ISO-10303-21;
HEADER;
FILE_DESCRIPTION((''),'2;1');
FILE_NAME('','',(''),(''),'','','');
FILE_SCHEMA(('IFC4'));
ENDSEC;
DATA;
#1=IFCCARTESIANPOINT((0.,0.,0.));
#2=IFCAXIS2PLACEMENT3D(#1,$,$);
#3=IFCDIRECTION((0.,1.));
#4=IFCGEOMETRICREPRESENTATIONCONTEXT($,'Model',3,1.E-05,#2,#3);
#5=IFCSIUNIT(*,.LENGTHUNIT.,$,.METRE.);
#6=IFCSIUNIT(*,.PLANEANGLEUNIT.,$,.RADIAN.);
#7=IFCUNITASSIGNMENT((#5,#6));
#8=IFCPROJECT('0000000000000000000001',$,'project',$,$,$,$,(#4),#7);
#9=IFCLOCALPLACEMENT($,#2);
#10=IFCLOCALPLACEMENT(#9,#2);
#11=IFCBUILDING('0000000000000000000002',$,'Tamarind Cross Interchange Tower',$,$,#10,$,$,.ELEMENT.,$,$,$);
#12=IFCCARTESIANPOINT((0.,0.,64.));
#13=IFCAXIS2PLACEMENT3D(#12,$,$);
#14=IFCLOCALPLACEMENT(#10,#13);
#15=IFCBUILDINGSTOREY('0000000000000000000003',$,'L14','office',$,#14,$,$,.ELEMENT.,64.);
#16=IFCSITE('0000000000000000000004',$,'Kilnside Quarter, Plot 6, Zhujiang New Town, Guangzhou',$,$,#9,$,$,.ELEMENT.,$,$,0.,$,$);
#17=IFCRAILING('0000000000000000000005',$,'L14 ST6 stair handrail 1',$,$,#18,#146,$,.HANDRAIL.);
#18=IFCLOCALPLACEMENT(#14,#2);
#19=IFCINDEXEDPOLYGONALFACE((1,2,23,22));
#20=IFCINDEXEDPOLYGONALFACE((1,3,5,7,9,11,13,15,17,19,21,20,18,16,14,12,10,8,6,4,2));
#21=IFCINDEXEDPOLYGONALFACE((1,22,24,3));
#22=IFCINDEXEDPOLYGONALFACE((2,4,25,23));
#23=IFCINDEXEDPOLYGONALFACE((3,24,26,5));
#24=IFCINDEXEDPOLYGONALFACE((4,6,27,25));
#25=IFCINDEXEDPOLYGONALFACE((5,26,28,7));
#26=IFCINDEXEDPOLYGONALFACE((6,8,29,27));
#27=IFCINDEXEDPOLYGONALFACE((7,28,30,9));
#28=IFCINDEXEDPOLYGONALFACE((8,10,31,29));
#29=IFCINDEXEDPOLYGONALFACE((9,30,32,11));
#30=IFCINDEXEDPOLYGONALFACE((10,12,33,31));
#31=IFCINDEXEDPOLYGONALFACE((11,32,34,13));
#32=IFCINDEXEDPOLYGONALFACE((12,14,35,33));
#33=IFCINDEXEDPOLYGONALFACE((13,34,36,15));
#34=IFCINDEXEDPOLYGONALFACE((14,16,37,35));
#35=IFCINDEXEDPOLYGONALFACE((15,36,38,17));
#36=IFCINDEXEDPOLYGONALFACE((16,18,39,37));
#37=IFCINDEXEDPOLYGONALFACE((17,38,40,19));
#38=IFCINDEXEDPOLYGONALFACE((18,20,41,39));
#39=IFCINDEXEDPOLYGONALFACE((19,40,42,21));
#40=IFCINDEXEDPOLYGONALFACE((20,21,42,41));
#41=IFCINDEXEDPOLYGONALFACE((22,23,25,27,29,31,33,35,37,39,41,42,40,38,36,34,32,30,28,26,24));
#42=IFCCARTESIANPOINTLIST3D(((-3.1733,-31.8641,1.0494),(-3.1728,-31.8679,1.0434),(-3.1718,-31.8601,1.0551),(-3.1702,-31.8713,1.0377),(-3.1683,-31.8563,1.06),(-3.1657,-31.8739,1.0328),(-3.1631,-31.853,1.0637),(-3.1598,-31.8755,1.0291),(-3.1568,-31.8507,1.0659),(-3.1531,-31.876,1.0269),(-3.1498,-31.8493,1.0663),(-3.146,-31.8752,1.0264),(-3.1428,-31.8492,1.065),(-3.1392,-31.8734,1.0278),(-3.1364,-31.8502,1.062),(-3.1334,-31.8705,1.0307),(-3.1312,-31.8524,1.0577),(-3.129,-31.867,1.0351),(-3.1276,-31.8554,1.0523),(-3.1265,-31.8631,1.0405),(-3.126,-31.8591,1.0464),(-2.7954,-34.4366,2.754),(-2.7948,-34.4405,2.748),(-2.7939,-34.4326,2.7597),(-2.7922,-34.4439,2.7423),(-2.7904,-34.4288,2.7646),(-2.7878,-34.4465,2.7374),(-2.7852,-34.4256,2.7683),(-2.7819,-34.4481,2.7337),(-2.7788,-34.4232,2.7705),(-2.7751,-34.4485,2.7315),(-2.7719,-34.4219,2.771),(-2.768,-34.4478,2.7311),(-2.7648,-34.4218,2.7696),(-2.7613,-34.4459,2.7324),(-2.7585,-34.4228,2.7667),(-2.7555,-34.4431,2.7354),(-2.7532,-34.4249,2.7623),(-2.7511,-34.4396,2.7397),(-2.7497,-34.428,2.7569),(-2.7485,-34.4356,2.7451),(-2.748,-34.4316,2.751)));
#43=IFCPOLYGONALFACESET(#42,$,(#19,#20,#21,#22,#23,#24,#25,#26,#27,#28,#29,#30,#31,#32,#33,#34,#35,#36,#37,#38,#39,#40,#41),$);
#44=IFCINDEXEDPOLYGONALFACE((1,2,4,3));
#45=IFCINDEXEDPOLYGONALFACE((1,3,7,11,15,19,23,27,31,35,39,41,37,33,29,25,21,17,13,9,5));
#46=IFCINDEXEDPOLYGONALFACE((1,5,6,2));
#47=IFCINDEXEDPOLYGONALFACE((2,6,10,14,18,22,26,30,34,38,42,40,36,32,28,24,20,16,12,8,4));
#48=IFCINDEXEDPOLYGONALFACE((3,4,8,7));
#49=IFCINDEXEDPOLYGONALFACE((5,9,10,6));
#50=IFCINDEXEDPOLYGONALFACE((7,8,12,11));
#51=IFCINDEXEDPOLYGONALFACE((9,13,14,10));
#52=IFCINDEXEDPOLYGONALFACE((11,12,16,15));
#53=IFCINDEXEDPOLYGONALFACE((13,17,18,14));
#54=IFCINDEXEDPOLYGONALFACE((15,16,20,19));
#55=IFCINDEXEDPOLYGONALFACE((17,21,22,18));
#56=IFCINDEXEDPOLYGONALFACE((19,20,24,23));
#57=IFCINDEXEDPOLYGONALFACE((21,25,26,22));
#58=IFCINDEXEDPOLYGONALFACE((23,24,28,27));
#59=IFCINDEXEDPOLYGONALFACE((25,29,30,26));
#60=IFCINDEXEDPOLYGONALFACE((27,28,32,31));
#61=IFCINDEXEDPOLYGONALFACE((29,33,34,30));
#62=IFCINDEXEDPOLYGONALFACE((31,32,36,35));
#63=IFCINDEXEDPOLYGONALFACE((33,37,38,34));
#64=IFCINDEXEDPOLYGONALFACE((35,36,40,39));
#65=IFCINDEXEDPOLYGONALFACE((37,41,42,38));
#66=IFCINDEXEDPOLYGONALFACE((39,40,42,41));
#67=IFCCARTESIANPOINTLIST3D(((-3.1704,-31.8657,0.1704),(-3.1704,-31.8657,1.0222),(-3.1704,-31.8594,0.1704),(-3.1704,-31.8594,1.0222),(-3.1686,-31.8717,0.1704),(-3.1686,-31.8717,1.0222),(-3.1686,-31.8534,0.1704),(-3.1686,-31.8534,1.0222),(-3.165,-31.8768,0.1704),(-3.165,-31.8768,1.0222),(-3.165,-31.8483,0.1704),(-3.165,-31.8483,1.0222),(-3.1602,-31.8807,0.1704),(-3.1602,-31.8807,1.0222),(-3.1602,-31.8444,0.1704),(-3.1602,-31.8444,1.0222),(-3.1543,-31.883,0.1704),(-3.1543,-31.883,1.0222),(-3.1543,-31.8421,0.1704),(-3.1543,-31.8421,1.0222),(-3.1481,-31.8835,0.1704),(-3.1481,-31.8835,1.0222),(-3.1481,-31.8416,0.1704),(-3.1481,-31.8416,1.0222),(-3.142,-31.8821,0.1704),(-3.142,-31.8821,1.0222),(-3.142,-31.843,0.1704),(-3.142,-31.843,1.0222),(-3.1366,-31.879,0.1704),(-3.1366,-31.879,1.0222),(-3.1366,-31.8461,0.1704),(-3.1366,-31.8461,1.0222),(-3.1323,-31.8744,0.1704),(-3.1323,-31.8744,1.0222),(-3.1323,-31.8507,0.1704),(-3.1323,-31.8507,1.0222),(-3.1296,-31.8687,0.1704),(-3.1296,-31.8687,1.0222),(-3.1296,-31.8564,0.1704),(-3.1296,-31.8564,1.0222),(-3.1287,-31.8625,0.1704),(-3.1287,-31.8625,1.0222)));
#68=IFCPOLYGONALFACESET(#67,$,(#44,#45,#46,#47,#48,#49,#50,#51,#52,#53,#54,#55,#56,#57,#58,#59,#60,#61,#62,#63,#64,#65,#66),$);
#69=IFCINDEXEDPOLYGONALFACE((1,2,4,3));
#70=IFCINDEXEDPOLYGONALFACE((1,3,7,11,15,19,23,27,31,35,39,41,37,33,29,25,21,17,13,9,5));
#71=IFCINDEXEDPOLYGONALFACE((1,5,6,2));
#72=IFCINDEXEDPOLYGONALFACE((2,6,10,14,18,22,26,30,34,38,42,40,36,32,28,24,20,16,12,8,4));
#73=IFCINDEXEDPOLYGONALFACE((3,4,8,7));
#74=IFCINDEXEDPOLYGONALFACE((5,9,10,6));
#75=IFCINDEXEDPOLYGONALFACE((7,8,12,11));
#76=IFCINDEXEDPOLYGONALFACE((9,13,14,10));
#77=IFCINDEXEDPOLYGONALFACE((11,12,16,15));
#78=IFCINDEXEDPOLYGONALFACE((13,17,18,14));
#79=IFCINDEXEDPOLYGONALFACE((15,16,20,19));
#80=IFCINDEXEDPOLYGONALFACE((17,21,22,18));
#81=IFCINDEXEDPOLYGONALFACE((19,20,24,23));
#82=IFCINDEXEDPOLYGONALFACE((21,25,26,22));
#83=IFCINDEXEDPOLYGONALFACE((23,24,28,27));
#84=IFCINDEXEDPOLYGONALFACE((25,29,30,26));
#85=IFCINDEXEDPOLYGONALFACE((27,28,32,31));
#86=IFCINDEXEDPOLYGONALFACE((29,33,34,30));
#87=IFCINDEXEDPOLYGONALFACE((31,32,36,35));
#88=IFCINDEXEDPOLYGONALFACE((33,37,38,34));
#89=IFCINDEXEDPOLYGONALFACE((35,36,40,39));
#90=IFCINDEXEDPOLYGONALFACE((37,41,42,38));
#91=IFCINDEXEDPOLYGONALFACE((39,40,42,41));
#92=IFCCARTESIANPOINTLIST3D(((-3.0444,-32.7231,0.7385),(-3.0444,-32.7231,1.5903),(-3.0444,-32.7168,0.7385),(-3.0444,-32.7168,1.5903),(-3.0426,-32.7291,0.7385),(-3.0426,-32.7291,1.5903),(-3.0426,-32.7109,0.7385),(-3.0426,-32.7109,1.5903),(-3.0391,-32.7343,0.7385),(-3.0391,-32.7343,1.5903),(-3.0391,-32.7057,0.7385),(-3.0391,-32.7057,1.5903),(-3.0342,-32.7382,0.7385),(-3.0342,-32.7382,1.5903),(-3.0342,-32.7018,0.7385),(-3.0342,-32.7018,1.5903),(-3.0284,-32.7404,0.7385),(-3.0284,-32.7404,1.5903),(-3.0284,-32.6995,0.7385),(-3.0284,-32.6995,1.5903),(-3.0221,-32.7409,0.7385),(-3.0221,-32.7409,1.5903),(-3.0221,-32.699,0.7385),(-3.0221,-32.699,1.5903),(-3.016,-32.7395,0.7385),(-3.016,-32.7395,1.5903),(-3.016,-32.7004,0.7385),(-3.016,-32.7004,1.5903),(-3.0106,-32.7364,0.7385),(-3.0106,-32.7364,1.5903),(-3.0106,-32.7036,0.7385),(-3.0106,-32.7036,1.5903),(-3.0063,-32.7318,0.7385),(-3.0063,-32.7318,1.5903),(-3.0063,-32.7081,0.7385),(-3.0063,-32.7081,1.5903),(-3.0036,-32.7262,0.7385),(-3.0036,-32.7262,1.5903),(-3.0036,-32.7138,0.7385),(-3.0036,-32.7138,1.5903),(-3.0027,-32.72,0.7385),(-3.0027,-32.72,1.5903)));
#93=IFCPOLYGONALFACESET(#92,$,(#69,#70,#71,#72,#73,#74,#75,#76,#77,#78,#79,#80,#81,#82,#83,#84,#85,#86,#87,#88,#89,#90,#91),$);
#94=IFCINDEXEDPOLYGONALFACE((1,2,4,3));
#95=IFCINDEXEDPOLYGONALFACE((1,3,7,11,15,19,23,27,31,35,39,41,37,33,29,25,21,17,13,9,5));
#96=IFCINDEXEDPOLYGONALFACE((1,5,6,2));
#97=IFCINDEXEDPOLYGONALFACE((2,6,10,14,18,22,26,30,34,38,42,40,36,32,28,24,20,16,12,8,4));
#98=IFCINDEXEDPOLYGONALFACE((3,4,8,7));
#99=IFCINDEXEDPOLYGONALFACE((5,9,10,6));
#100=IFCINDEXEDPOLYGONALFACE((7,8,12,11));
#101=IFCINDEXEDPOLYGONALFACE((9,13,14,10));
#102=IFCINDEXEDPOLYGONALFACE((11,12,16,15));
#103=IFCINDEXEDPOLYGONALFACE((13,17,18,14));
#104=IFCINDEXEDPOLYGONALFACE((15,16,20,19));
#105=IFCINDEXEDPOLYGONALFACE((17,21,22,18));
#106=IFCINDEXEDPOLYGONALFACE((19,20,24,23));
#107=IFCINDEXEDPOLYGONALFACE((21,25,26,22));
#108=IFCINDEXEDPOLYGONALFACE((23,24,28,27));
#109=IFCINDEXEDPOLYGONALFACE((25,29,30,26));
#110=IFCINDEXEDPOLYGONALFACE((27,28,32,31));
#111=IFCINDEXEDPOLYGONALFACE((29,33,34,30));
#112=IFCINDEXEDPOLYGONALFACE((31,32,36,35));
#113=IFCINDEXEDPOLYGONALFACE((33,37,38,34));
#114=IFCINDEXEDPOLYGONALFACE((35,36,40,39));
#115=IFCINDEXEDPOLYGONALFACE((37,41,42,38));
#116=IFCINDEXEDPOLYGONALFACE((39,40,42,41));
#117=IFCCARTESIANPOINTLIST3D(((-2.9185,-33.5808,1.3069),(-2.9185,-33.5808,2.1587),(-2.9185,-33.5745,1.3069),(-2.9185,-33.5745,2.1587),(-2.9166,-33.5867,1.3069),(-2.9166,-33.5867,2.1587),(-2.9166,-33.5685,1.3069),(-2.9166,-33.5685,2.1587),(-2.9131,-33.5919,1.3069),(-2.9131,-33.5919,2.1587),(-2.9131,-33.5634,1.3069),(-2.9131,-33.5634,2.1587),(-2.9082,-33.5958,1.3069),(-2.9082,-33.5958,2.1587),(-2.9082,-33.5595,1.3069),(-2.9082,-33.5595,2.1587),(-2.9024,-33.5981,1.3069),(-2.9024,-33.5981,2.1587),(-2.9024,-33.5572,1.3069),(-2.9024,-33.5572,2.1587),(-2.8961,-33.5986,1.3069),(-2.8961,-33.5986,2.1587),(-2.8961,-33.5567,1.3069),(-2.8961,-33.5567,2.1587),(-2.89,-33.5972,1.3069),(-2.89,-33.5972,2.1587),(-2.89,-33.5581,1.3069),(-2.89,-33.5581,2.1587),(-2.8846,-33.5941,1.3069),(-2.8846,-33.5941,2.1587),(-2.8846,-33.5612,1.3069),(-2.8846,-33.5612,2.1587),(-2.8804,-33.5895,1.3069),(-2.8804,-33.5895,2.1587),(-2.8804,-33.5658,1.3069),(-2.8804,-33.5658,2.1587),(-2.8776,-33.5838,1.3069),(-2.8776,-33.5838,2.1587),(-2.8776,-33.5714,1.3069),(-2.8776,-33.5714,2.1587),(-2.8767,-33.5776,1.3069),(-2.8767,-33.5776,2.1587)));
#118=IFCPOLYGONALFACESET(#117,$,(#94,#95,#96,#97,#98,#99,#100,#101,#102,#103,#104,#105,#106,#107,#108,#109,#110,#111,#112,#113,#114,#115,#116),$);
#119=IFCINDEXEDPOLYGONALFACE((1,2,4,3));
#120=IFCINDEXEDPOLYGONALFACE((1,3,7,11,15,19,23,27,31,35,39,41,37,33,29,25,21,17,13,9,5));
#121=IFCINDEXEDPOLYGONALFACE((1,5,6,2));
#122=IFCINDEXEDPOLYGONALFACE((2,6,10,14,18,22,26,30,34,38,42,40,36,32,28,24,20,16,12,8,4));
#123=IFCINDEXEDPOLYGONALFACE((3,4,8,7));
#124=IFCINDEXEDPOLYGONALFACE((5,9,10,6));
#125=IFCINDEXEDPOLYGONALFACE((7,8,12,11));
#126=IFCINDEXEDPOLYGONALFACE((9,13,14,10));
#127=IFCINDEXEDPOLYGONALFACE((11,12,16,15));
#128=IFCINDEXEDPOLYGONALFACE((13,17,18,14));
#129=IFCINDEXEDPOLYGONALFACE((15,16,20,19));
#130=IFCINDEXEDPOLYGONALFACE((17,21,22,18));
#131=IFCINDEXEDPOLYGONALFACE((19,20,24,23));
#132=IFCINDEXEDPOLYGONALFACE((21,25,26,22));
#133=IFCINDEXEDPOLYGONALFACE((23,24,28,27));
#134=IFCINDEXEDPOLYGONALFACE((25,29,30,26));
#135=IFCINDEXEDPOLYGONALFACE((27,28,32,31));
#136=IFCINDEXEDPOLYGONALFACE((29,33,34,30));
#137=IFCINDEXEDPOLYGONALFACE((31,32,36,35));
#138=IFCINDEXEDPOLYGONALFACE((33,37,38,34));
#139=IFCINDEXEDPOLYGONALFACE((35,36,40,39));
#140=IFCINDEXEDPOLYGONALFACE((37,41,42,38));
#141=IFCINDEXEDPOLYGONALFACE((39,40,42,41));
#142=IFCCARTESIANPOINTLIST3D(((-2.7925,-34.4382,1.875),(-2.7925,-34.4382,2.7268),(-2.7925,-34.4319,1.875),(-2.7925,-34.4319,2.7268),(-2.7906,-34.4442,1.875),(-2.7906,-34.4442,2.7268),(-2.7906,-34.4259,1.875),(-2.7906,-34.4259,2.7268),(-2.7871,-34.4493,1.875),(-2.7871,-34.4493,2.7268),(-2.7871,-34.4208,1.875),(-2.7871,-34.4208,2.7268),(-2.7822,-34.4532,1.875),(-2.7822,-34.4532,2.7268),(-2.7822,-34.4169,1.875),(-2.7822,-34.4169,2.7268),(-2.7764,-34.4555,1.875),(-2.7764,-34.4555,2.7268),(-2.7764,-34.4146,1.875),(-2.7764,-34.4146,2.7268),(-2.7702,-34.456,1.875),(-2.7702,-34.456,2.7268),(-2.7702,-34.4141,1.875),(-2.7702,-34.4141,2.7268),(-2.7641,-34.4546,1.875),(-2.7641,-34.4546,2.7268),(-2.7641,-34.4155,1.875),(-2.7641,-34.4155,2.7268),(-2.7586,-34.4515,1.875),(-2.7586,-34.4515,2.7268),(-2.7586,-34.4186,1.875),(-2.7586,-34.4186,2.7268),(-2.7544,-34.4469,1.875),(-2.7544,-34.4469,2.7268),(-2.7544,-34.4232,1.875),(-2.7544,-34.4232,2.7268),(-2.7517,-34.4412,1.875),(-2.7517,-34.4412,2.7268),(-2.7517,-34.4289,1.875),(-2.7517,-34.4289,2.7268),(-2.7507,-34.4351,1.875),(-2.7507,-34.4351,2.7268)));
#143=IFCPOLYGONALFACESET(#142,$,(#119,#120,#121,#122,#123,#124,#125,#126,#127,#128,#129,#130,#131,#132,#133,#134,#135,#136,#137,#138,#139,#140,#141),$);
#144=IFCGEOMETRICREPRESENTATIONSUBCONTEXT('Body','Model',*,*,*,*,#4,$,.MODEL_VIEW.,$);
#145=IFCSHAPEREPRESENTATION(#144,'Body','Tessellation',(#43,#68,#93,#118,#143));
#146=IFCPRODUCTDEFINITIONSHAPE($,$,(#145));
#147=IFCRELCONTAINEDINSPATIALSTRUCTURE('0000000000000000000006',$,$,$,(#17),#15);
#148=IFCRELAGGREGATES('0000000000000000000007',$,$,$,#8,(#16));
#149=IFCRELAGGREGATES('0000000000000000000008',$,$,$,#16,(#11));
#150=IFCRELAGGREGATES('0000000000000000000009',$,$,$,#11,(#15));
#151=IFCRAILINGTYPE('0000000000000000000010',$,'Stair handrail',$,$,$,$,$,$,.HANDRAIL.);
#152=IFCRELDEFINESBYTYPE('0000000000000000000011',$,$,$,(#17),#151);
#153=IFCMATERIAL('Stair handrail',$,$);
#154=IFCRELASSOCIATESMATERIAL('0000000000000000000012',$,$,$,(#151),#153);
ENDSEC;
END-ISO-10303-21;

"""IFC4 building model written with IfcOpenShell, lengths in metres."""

from ifc_helpers import new_model, si_unit, direction, frame, origin, origin_2d, place, context, subcontext, project, spatial, circle, extrude, material, type_object, element, save


model = new_model("IFC4")

# Units and contexts
model_context = context("Model", 3, precision=1e-05, world=origin(), true_north=direction((0.0, 1.0)))
body_context = subcontext(model_context, "Body", "Model", "MODEL_VIEW")
ifc_project = project(units=[si_unit("LENGTHUNIT", "METRE"), si_unit("PLANEANGLEUNIT", "RADIAN")], contexts=[model_context])

# Site, building, storey
site_placement = place(None, origin())
site = spatial("IfcSite", under=ifc_project, at=site_placement, Name="Kilnside Quarter, Plot 6, Zhujiang New Town, Guangzhou", CompositionType="ELEMENT", RefElevation=0.0)
building_placement = place(site_placement, origin())
building = spatial("IfcBuilding", under=site, at=building_placement, Name="Tamarind Cross Interchange Tower", CompositionType="ELEMENT")
storey_placement = place(building_placement, frame((0.0, 0.0, 64.0)))
storey = spatial("IfcBuildingStorey", under=building, at=storey_placement, Name="L14", Description="office", CompositionType="ELEMENT", Elevation=64.0)

# Railing
ifc_material_1 = material(Name="Stair handrail")
railing_type_1 = type_object("IfcRailingType", Name="Stair handrail", PredefinedType="HANDRAIL", material=ifc_material_1)
railing_1_placement = place(storey_placement, frame((-3.1497, -31.8625, 0.1704)))
element("IfcRailing", 1, at=railing_1_placement, inside=storey, type_object=railing_type_1, Name="L14 ST6 stair handrail 1", PredefinedType="HANDRAIL", context=body_context, shape_type="SweptSolid", body=[
    extrude(circle(Radius=0.0239, at=origin_2d()), frame((0.0, 0.0, 0.876), z_axis=(0.121557, -0.827423, 0.548265), x_axis=(0.98938, 0.145351, 0.0)), (0.0, 0.0, 1.0), 3.1091),
    extrude(circle(Radius=0.021, at=origin_2d()), origin(), (0.0, 0.0, 1.0), 0.8518),
    extrude(circle(Radius=0.021, at=origin_2d()), frame((0.126, -0.8574, 0.5681)), (0.0, 0.0, 1.0), 0.8518),
    extrude(circle(Radius=0.021, at=origin_2d()), frame((0.252, -1.7151, 1.1365)), (0.0, 0.0, 1.0), 0.8518),
    extrude(circle(Radius=0.021, at=origin_2d()), frame((0.3779, -2.5725, 1.7046)), (0.0, 0.0, 1.0), 0.8518),
])

save(model, "model.ifc")
